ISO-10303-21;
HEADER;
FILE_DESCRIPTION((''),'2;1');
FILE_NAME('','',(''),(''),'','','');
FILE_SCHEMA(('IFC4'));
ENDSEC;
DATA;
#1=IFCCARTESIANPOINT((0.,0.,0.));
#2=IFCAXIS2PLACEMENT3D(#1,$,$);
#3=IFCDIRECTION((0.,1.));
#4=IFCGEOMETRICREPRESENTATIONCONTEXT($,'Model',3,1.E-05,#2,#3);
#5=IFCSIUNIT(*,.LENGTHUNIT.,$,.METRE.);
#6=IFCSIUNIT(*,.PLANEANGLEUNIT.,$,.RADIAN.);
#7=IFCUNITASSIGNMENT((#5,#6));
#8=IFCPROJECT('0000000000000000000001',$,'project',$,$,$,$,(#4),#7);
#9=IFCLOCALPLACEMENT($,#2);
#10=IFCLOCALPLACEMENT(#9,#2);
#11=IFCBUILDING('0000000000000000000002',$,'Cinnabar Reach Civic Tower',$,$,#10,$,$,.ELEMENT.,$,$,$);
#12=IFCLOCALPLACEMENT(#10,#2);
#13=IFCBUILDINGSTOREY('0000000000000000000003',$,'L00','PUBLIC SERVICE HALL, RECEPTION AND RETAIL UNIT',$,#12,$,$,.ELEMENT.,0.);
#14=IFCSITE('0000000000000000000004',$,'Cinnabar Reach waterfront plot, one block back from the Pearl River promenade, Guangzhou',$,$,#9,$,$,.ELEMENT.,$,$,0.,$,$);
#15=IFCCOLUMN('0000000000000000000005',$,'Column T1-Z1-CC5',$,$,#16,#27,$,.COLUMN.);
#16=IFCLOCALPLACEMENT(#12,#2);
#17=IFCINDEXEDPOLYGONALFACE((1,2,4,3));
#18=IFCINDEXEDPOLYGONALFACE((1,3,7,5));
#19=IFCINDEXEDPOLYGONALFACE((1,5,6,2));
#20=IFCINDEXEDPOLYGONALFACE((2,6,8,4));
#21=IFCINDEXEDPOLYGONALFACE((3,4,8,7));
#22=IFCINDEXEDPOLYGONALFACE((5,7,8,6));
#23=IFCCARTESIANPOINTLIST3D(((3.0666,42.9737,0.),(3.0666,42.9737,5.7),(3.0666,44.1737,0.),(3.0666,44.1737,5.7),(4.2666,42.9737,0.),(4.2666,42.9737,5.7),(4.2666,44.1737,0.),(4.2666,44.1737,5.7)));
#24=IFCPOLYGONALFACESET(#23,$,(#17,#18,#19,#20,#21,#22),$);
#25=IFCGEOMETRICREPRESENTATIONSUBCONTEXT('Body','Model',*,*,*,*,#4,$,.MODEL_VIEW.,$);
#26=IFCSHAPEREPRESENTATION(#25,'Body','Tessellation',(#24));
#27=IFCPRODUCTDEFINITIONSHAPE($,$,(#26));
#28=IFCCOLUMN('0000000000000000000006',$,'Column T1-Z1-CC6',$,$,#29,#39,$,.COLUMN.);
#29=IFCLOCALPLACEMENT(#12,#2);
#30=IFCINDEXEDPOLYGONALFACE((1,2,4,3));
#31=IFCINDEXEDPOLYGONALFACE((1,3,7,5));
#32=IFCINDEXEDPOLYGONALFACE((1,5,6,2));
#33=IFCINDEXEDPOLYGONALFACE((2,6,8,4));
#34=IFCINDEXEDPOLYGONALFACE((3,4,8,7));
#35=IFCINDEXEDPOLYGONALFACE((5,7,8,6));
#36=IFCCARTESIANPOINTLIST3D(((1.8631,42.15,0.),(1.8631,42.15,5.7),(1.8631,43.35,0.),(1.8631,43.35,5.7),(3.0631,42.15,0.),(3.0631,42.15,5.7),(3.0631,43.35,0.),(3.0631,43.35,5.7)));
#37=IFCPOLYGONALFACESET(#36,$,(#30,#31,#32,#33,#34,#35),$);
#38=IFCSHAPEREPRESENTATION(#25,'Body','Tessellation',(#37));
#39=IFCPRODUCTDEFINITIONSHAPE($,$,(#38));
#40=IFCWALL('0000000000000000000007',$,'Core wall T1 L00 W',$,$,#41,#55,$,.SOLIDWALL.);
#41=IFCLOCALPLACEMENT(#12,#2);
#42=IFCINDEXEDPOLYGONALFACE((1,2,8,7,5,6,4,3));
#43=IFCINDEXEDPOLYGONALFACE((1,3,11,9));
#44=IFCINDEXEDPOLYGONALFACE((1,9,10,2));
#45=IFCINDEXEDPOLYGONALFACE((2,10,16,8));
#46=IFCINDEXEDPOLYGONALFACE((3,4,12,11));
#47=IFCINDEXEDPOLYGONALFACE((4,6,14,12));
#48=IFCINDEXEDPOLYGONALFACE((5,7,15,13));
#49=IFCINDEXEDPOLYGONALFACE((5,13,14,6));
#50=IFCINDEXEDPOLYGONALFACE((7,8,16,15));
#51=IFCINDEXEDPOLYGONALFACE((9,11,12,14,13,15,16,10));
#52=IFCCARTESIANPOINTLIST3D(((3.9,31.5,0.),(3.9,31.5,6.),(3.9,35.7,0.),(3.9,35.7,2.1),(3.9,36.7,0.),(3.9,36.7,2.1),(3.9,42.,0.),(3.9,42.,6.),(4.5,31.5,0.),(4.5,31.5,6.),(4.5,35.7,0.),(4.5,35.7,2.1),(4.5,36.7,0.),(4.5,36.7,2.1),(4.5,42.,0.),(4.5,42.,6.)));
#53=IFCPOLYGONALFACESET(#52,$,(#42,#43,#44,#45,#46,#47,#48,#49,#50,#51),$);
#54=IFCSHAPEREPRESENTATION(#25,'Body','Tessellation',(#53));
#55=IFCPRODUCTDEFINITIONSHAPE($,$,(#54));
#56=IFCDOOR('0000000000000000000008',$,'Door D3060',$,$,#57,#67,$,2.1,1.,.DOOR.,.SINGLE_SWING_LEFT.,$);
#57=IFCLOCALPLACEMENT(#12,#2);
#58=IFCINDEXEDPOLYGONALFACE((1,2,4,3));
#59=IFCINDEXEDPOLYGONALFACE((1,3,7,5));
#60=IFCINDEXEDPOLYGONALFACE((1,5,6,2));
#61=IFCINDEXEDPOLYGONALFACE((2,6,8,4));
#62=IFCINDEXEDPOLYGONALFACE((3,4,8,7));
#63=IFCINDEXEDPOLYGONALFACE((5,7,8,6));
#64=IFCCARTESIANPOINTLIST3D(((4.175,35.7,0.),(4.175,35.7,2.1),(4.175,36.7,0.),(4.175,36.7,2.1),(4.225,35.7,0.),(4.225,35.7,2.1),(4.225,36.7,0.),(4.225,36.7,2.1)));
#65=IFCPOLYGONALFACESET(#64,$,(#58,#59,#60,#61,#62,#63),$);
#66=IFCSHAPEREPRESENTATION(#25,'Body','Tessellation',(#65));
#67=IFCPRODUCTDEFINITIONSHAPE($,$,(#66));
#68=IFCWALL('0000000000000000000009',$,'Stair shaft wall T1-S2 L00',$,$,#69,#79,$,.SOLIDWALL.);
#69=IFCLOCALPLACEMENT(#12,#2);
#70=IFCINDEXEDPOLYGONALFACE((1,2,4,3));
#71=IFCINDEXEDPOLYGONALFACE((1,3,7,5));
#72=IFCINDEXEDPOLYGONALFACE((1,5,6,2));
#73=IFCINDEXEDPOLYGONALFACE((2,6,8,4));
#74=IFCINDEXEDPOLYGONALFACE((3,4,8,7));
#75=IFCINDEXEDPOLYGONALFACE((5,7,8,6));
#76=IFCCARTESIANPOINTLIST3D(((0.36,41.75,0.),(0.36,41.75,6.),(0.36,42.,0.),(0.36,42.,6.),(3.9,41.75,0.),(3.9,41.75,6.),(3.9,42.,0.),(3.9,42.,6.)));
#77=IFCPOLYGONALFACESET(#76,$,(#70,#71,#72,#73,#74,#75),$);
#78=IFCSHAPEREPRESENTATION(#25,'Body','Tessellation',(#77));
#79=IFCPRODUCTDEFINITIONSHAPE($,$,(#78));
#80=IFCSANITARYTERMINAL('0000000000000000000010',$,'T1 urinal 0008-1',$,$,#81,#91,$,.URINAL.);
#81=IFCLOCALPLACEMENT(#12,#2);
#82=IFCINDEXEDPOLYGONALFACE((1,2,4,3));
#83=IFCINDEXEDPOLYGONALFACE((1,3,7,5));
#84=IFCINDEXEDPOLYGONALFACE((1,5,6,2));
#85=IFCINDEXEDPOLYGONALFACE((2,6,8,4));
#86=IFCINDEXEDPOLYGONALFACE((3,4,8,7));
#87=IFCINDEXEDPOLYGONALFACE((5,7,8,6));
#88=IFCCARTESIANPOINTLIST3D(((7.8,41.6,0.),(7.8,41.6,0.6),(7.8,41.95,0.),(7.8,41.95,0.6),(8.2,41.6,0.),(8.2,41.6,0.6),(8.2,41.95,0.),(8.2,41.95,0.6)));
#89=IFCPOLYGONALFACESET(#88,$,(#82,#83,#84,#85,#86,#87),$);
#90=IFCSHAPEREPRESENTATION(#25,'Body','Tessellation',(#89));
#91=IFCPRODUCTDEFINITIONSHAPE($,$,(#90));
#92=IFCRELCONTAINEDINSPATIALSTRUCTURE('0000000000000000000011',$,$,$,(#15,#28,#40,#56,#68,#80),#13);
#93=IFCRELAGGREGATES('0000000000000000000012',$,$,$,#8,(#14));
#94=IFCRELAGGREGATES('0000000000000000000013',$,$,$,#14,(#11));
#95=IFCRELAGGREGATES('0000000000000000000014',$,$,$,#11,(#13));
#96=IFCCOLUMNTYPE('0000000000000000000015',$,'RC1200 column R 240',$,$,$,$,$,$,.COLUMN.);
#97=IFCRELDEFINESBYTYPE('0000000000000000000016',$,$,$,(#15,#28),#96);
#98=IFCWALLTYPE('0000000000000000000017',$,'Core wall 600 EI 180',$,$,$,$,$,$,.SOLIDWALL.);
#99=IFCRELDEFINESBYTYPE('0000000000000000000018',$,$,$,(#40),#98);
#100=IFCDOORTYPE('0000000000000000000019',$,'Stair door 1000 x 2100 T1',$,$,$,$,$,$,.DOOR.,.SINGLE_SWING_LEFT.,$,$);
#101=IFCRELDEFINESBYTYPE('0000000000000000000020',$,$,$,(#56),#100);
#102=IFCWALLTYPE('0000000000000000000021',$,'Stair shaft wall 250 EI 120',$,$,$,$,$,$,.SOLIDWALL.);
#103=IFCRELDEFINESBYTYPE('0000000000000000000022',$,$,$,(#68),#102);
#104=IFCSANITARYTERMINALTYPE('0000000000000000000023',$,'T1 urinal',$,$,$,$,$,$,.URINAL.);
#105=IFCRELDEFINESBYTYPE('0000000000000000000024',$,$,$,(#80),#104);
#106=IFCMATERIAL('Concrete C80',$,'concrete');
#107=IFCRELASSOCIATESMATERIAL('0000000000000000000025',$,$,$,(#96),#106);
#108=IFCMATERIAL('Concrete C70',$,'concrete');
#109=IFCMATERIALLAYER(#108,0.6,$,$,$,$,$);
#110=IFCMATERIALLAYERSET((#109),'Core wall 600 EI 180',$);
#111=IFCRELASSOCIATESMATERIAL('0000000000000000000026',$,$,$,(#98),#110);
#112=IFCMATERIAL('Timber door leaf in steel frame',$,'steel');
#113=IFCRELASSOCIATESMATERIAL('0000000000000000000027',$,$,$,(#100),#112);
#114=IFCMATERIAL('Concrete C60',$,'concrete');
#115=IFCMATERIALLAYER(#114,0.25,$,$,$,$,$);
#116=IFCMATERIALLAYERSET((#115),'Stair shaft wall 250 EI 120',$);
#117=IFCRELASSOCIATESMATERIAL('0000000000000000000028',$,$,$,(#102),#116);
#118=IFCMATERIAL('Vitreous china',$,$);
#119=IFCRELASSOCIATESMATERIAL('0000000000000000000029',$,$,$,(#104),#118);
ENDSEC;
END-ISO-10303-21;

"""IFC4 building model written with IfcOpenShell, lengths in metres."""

from ifc_helpers import new_model, si_unit, direction, frame, frame_2d, origin, origin_2d, place, context, subcontext, project, spatial, rectangle, extrude, material, layer, layer_set, material_profile, profile_set, type_object, element, fill, save


model = new_model("IFC4")

# Units and contexts
model_context = context("Model", 3, precision=1e-05, world=origin(), true_north=direction((0.0, 1.0)))
body_context = subcontext(model_context, "Body", "Model", "MODEL_VIEW")
ifc_project = project(units=[si_unit("LENGTHUNIT", "METRE"), si_unit("PLANEANGLEUNIT", "RADIAN")], contexts=[model_context])

# Site, building, storey
site_placement = place(None, origin())
site = spatial("IfcSite", under=ifc_project, at=site_placement, Name="Cinnabar Reach waterfront plot, one block back from the Pearl River promenade, Guangzhou", CompositionType="ELEMENT", RefElevation=0.0)
building_placement = place(site_placement, origin())
building = spatial("IfcBuilding", under=site, at=building_placement, Name="Cinnabar Reach Civic Tower", CompositionType="ELEMENT")
storey_placement = place(building_placement, origin())
storey = spatial("IfcBuildingStorey", under=building, at=storey_placement, Name="L00", Description="PUBLIC SERVICE HALL, RECEPTION AND RETAIL UNIT", CompositionType="ELEMENT", Elevation=0.0)

# Columns
ifc_material_1 = material(Name="Concrete C80", Category="concrete")
ifc_material_profile = material_profile(ifc_material_1, rectangle(XDim=1.2, YDim=1.2, at=origin_2d()), Name="RC1200")
ifc_profile_set = profile_set([ifc_material_profile], Name="Concrete C80")
column_type = type_object("IfcColumnType", Name="RC1200 column R 240", PredefinedType="COLUMN", material=ifc_profile_set)
for number, where, z_axis, x_axis, name in (
    (1, (3.6666, 43.5737, 0.0), (0.0, 0.0, 1.0), (1.0, 0.0, 0.0), "Column T1-Z1-CC5"),
    (2, (2.4631, 42.75, 0.0), (0.0, 0.0, 1.0), (1.0, 0.0, 0.0), "Column T1-Z1-CC6"),
):
    element("IfcColumn", number, at=place(storey_placement, frame(where, z_axis=z_axis, x_axis=x_axis)), inside=storey, type_object=column_type, Name=name, PredefinedType="COLUMN", context=body_context, shape_type="SweptSolid", body=[
        extrude(rectangle(XDim=1.2, YDim=1.2, at=origin_2d()), origin(), (0.0, 0.0, 1.0), 5.7),
    ])

# Wall, opening, door
ifc_material_2 = material(Name="Concrete C70", Category="concrete")
ifc_layer_1 = layer(ifc_material_2, 0.6)
ifc_layer_set_1 = layer_set([ifc_layer_1], Name="Core wall 600 EI 180")
wall_type_1 = type_object("IfcWallType", Name="Core wall 600 EI 180", PredefinedType="SOLIDWALL", material=ifc_layer_set_1)
wall_1_placement = place(storey_placement, frame((4.2, 42.0, 0.0), z_axis=(0.0, 0.0, 1.0), x_axis=(0.0, -1.0, 0.0)))
wall_1 = element("IfcWall", 3, at=wall_1_placement, inside=storey, type_object=wall_type_1, Name="Core wall T1 L00 W", PredefinedType="SOLIDWALL", context=body_context, shape_type="SweptSolid", body=[
    extrude(rectangle(XDim=10.5, YDim=0.6, at=frame_2d((5.25, 0.0))), origin(), (0.0, 0.0, 1.0), 6.0),
])
opening_placement = place(wall_1_placement, frame((5.3, 0.0, 0.0)))
opening = element("IfcOpeningElement", 4, at=opening_placement, cuts=wall_1, PredefinedType="OPENING", context=body_context, shape_type="SweptSolid", body=[
    extrude(rectangle(XDim=1.0, YDim=2.1, at=frame_2d((0.5, 1.05))), frame((0.0, 0.31, 0.0), z_axis=(0.0, -1.0, 0.0), x_axis=(1.0, 0.0, 0.0)), (0.0, 0.0, 1.0), 0.62),
])
ifc_material_3 = material(Name="Timber door leaf in steel frame", Category="steel")
door_type = type_object("IfcDoorType", Name="Stair door 1000 x 2100 T1", OperationType="SINGLE_SWING_LEFT", PredefinedType="DOOR", material=ifc_material_3)
door_placement = place(opening_placement, frame((1.0, 0.0, 0.0), z_axis=(0.0, 0.0, 1.0), x_axis=(-1.0, 0.0, 0.0)))
door = element("IfcDoor", 5, at=door_placement, inside=storey, type_object=door_type, Name="Door D3060", OperationType="SINGLE_SWING_LEFT", OverallHeight=2.1, OverallWidth=1.0, PredefinedType="DOOR", context=body_context, shape_type="SweptSolid", body=[
    extrude(rectangle(XDim=1.0, YDim=2.1, at=frame_2d((0.5, 1.05))), frame((0.0, 0.025, 0.0), z_axis=(0.0, -1.0, 0.0), x_axis=(1.0, 0.0, 0.0)), (0.0, 0.0, 1.0), 0.05),
])
fill(opening, door)

# Wall
ifc_material_4 = material(Name="Concrete C60", Category="concrete")
ifc_layer_2 = layer(ifc_material_4, 0.25)
ifc_layer_set_2 = layer_set([ifc_layer_2], Name="Stair shaft wall 250 EI 120")
wall_type_2 = type_object("IfcWallType", Name="Stair shaft wall 250 EI 120", PredefinedType="SOLIDWALL", material=ifc_layer_set_2)
wall_2_placement = place(storey_placement, frame((3.9, 41.875, 0.0), z_axis=(0.0, 0.0, 1.0), x_axis=(-1.0, 0.0, 0.0)))
element("IfcWall", 6, at=wall_2_placement, inside=storey, type_object=wall_type_2, Name="Stair shaft wall T1-S2 L00", PredefinedType="SOLIDWALL", context=body_context, shape_type="SweptSolid", body=[
    extrude(rectangle(XDim=3.54, YDim=0.25, at=frame_2d((1.77, 0.0))), origin(), (0.0, 0.0, 1.0), 6.0),
])

# Sanitary terminal
ifc_material_5 = material(Name="Vitreous china")
sanitary_terminal_type = type_object("IfcSanitaryTerminalType", Name="T1 urinal", PredefinedType="URINAL", material=ifc_material_5)
sanitary_terminal_placement = place(storey_placement, frame((8.0, 41.775, 0.0), z_axis=(0.0, 0.0, 1.0), x_axis=(1.0, 0.0, 0.0)))
element("IfcSanitaryTerminal", 7, at=sanitary_terminal_placement, inside=storey, type_object=sanitary_terminal_type, Name="T1 urinal 0008-1", PredefinedType="URINAL", context=body_context, shape_type="SweptSolid", body=[
    extrude(rectangle(XDim=0.4, YDim=0.35, at=origin_2d()), origin(), (0.0, 0.0, 1.0), 0.6),
])

save(model, "model.ifc")
